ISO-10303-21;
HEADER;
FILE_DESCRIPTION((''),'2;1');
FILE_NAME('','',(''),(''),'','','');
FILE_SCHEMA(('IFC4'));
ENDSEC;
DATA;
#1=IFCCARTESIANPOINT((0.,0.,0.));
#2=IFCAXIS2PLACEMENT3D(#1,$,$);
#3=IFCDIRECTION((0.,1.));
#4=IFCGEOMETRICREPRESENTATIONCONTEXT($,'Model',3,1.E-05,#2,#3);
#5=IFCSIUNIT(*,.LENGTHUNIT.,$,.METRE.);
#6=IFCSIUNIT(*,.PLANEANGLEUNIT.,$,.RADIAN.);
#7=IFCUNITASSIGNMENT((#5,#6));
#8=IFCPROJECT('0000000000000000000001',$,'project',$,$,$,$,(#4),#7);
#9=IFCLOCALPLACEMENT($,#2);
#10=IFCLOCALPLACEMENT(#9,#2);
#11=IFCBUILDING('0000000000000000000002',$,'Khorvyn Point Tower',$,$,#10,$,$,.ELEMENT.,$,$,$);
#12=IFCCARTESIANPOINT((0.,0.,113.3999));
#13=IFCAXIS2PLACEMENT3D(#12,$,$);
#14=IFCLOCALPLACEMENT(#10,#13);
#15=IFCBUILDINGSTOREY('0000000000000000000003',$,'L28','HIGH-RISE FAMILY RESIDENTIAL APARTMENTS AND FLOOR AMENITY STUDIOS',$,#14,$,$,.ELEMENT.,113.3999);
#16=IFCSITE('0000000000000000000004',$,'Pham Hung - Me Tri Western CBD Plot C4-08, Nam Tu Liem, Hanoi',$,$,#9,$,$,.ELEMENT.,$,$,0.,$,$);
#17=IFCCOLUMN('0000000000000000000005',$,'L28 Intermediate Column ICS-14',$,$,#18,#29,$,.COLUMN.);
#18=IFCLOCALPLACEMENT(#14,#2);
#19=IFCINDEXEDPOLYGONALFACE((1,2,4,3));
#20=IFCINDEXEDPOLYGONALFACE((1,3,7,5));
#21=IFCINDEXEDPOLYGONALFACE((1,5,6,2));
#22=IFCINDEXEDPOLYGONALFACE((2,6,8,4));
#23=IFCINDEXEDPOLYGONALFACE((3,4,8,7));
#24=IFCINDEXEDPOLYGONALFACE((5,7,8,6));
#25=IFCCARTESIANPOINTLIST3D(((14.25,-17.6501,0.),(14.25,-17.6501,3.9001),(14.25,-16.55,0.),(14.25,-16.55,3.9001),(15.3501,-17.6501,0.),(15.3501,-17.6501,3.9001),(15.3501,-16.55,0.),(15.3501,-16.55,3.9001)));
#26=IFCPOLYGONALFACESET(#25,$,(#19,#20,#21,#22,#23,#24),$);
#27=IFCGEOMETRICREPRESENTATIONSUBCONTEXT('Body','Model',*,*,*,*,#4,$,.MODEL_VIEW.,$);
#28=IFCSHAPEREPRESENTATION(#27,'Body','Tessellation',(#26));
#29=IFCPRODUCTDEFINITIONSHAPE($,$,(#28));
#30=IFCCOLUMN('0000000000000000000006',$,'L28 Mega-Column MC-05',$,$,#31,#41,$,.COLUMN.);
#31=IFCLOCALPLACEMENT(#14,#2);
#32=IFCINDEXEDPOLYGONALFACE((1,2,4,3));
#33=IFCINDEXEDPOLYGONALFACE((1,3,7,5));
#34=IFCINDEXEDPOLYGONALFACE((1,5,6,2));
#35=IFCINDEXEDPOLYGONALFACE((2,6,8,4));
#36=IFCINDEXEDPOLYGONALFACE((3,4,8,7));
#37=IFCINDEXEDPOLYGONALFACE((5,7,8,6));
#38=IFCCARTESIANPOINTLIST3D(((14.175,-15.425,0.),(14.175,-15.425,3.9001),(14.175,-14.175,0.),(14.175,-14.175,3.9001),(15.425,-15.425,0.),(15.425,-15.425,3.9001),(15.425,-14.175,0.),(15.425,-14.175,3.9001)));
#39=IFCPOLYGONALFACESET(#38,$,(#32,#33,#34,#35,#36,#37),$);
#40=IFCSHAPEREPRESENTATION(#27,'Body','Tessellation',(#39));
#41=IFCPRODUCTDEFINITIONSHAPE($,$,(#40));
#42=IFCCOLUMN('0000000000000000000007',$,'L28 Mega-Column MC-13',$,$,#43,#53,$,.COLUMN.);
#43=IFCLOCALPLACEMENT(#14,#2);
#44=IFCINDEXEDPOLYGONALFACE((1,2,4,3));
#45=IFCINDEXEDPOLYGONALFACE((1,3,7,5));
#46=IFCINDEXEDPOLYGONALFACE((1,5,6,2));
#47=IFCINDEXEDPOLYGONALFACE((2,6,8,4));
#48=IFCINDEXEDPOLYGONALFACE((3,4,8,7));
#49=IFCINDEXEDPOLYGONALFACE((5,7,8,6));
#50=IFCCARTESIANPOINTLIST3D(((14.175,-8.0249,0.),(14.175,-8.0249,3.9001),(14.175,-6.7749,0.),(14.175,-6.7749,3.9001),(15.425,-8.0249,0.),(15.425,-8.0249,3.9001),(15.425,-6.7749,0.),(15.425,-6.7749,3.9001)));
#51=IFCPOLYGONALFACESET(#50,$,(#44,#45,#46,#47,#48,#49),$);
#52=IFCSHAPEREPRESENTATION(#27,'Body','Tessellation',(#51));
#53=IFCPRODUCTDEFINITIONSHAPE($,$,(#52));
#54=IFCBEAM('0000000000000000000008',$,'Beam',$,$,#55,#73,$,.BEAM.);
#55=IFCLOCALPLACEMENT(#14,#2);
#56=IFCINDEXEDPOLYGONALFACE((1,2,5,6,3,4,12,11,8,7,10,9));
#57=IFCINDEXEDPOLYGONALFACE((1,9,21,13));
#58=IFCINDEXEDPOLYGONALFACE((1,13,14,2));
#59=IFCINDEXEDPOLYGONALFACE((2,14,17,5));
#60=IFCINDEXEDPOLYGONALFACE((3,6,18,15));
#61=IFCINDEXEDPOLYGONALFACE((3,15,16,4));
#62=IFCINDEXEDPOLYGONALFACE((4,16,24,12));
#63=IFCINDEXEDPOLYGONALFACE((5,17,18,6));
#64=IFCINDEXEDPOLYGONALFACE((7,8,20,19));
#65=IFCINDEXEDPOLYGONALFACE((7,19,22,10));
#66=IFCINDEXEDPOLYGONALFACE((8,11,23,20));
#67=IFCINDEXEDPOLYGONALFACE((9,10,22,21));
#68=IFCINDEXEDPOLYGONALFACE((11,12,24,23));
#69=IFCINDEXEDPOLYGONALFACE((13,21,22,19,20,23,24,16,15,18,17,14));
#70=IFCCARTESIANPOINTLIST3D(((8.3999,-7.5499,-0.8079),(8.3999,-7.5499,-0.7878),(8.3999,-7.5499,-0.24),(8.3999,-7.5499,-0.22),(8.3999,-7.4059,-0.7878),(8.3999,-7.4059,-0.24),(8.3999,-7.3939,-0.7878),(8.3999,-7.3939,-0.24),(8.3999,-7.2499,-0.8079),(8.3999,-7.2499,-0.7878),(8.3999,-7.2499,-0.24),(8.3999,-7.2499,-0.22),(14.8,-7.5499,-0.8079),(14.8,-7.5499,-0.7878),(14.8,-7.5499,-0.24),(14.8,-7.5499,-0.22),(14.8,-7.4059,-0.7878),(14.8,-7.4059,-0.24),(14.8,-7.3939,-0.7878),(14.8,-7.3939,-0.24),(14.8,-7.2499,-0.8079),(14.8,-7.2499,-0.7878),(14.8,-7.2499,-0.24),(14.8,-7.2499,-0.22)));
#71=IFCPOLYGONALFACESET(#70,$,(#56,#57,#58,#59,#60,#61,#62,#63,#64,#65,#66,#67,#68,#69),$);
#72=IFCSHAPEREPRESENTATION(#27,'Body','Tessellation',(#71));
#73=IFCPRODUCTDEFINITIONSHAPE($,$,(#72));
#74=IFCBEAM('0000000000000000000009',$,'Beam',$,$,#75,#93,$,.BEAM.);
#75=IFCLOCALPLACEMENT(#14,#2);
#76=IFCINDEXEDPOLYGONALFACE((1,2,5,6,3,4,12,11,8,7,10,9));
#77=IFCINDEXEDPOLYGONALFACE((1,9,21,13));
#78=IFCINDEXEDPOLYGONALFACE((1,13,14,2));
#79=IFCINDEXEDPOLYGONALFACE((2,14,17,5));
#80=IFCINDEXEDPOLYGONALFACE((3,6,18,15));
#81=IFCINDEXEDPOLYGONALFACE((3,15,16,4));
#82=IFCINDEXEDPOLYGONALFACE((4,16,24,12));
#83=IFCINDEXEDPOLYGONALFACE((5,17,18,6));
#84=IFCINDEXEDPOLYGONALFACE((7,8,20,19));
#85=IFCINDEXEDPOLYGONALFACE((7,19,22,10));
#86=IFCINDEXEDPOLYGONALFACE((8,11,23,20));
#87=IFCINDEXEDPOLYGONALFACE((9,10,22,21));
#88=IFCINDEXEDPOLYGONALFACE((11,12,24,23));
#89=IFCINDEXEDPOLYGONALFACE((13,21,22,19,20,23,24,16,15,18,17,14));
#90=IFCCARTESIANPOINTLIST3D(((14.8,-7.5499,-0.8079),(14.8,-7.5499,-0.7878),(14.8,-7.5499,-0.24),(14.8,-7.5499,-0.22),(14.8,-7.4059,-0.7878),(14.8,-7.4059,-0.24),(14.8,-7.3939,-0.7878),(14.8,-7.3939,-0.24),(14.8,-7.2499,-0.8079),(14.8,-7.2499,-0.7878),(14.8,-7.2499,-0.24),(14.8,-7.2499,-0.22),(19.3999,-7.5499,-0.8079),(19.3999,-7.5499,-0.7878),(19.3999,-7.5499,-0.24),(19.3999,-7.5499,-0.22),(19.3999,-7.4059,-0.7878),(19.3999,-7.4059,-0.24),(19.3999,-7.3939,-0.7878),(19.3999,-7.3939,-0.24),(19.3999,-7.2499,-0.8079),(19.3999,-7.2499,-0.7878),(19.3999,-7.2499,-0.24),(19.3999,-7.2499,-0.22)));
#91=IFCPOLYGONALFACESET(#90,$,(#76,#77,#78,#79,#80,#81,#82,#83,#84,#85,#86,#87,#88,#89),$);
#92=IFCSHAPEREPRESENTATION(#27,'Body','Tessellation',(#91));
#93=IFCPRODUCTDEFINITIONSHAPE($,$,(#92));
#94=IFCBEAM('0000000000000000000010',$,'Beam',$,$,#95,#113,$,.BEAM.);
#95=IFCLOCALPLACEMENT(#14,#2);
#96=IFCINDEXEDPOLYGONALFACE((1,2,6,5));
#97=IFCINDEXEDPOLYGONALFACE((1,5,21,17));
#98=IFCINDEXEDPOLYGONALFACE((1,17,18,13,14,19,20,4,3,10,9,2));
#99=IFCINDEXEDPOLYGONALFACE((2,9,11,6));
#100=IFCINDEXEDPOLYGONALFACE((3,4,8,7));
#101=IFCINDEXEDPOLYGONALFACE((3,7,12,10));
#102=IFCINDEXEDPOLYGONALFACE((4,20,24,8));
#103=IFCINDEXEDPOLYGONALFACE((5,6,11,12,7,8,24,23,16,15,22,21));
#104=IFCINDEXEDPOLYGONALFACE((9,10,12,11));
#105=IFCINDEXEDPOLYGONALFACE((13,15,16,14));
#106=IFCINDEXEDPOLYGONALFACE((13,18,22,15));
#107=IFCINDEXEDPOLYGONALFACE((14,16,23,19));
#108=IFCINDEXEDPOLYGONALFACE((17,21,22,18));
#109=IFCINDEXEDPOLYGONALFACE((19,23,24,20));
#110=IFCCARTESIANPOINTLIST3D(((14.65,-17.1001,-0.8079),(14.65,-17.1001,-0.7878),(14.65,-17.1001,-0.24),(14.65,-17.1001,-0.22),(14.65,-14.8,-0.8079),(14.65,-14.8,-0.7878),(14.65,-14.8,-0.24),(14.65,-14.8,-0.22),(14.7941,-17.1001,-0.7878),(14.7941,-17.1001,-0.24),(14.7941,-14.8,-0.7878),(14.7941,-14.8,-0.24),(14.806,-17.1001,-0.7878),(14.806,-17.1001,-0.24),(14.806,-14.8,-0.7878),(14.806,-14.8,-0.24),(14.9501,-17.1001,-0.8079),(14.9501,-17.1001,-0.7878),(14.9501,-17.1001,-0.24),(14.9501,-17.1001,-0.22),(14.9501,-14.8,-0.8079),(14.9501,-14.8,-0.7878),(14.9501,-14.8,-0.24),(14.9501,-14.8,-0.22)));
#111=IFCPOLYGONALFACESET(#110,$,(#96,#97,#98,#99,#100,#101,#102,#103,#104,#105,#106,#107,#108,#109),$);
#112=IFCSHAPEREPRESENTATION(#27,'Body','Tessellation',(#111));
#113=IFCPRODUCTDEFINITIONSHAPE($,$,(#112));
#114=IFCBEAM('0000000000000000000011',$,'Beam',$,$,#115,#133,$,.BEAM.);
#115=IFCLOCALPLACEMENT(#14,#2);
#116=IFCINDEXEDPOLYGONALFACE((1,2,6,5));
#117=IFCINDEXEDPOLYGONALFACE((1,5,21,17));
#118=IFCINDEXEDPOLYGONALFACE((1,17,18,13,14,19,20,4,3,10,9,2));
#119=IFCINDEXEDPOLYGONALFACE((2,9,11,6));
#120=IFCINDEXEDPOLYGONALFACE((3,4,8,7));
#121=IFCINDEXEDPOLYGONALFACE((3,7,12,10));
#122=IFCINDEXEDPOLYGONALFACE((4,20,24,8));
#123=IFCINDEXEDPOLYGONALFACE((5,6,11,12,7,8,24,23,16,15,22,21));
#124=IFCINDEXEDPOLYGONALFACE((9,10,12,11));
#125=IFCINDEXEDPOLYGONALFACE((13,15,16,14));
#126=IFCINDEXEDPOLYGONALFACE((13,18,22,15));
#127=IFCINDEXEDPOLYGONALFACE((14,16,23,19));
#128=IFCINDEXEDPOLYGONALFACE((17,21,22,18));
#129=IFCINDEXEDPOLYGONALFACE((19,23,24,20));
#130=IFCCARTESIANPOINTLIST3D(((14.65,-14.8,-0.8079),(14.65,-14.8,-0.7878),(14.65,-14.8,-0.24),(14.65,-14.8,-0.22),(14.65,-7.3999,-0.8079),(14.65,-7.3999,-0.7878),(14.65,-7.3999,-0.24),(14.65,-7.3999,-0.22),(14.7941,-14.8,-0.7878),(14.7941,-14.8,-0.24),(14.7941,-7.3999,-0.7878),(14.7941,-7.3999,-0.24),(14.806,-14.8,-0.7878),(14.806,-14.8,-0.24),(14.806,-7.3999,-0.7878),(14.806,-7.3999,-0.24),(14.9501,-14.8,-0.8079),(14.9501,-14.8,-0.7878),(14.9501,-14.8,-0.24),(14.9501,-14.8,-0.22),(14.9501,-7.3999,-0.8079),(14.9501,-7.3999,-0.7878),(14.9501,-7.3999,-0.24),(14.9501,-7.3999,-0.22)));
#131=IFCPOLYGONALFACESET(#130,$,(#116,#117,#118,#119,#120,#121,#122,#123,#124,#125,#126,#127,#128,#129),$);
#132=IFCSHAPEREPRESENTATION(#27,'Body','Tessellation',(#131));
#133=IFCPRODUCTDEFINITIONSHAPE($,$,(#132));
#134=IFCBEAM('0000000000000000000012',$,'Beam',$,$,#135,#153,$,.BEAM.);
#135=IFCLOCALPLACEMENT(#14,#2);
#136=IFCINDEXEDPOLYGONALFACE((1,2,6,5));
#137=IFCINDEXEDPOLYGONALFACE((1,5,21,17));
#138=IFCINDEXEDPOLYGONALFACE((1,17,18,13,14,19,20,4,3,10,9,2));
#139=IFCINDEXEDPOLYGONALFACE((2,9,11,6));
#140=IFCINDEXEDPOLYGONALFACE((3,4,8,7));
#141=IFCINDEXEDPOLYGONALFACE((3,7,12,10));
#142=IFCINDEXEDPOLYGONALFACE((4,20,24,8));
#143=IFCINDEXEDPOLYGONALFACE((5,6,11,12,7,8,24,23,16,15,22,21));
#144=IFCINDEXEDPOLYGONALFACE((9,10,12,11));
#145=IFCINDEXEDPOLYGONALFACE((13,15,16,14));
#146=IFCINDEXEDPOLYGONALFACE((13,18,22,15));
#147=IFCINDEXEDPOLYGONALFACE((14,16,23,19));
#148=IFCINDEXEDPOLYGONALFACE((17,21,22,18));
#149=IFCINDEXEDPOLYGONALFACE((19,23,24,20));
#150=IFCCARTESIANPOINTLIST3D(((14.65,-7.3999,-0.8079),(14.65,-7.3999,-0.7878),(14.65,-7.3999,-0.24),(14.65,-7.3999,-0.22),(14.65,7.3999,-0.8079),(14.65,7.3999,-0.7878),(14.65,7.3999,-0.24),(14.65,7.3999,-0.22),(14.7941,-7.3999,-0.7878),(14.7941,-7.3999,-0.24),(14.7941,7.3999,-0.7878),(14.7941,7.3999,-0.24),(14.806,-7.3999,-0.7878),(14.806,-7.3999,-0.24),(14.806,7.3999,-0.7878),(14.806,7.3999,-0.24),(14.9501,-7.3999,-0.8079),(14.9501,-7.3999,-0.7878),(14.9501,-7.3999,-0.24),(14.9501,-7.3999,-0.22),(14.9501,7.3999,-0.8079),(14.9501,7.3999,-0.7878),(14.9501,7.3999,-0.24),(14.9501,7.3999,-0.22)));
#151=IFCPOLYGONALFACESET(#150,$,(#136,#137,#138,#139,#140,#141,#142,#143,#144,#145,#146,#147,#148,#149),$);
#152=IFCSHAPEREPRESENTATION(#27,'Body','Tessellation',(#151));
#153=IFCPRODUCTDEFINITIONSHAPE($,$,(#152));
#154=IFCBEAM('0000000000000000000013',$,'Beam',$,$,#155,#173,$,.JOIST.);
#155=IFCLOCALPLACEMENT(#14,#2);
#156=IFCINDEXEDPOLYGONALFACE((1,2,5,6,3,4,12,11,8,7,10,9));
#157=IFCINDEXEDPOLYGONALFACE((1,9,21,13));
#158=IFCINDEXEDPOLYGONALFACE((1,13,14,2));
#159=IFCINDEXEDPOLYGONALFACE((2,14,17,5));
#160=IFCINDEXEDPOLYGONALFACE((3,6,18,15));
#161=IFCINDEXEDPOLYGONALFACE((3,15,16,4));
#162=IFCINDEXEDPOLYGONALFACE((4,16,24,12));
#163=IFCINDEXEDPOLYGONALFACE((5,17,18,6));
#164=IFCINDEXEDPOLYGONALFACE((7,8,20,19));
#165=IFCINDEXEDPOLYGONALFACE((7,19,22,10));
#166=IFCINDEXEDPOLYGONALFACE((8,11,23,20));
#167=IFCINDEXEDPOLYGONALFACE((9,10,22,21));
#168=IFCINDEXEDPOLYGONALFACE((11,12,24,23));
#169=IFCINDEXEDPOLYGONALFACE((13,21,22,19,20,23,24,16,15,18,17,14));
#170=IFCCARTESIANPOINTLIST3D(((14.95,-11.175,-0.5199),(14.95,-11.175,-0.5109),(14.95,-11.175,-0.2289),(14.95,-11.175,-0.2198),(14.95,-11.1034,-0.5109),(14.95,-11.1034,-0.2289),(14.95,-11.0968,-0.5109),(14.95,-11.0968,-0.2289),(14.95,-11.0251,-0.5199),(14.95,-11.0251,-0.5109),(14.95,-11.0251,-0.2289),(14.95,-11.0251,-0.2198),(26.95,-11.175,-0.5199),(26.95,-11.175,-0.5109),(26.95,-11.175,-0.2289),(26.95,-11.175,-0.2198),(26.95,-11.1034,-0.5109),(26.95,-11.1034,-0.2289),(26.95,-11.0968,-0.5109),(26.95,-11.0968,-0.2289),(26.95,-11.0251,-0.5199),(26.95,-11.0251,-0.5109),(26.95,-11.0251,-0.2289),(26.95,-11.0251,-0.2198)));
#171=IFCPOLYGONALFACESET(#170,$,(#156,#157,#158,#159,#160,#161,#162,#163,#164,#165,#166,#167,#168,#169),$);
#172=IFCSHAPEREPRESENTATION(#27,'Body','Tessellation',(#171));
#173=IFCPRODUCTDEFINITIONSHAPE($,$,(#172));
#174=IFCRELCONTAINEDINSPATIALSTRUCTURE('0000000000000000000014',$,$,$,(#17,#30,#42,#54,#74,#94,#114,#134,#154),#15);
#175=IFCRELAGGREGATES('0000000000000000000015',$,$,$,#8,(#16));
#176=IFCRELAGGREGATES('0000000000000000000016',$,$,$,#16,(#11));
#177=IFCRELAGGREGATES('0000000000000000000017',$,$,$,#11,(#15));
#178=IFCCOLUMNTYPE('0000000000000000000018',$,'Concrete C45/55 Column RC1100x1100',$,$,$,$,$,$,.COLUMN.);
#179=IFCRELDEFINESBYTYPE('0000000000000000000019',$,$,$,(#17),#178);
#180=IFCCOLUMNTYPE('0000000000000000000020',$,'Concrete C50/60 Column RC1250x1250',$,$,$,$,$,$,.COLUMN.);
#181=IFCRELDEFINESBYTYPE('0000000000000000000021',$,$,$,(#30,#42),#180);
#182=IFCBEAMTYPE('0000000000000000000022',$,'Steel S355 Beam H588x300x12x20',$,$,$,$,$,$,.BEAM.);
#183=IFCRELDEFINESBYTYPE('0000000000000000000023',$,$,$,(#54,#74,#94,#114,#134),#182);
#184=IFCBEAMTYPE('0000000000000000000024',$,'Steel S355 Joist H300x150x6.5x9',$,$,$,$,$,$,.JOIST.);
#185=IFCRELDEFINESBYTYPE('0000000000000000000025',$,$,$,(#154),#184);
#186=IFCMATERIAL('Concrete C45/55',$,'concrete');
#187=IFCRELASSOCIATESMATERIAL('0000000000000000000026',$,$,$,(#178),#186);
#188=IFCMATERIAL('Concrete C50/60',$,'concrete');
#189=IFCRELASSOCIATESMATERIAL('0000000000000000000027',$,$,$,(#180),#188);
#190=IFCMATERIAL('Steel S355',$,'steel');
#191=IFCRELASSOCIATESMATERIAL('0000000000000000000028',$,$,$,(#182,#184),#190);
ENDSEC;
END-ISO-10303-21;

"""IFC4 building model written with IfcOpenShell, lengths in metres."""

from ifc_helpers import new_model, si_unit, direction, frame, origin, origin_2d, place, context, subcontext, project, spatial, rectangle, i_section, extrude, material, material_profile, profile_set, type_object, element, save


model = new_model("IFC4")

# Units and contexts
model_context = context("Model", 3, precision=1e-05, world=origin(), true_north=direction((0.0, 1.0)))
body_context = subcontext(model_context, "Body", "Model", "MODEL_VIEW")
ifc_project = project(units=[si_unit("LENGTHUNIT", "METRE"), si_unit("PLANEANGLEUNIT", "RADIAN")], contexts=[model_context])

# Site, building, storey
site_placement = place(None, origin())
site = spatial("IfcSite", under=ifc_project, at=site_placement, Name="Pham Hung - Me Tri Western CBD Plot C4-08, Nam Tu Liem, Hanoi", CompositionType="ELEMENT", RefElevation=0.0)
building_placement = place(site_placement, origin())
building = spatial("IfcBuilding", under=site, at=building_placement, Name="Khorvyn Point Tower", CompositionType="ELEMENT")
storey_placement = place(building_placement, frame((0.0, 0.0, 113.3999)))
storey = spatial("IfcBuildingStorey", under=building, at=storey_placement, Name="L28", Description="HIGH-RISE FAMILY RESIDENTIAL APARTMENTS AND FLOOR AMENITY STUDIOS", CompositionType="ELEMENT", Elevation=113.3999)

# Columns
ifc_material_1 = material(Name="Concrete C45/55", Category="concrete")
ifc_material_profile_1 = material_profile(ifc_material_1, rectangle(XDim=1.1001, YDim=1.1001, at=origin_2d()))
ifc_profile_set_1 = profile_set([ifc_material_profile_1], Name="Concrete C45/55 RC1100x1100")
column_type_1 = type_object("IfcColumnType", Name="Concrete C45/55 Column RC1100x1100", PredefinedType="COLUMN", material=ifc_profile_set_1)
column_placement = place(storey_placement, frame((14.8, -17.1001, 0.0), z_axis=(0.0, 0.0, 1.0), x_axis=(1.0, 0.0, 0.0)))
element("IfcColumn", 1, at=column_placement, inside=storey, type_object=column_type_1, Name="L28 Intermediate Column ICS-14", PredefinedType="COLUMN", context=body_context, shape_type="SweptSolid", body=[
    extrude(rectangle(XDim=1.1001, YDim=1.1001, at=origin_2d()), origin(), (0.0, 0.0, 1.0), 3.9001),
])
ifc_material_2 = material(Name="Concrete C50/60", Category="concrete")
ifc_material_profile_2 = material_profile(ifc_material_2, rectangle(XDim=1.25, YDim=1.25, at=origin_2d()))
ifc_profile_set_2 = profile_set([ifc_material_profile_2], Name="Concrete C50/60 RC1250x1250")
column_type_2 = type_object("IfcColumnType", Name="Concrete C50/60 Column RC1250x1250", PredefinedType="COLUMN", material=ifc_profile_set_2)
for number, where, z_axis, x_axis, name in (
    (2, (14.8, -14.8, 0.0), (0.0, 0.0, 1.0), (1.0, 0.0, 0.0), "L28 Mega-Column MC-05"),
    (3, (14.8, -7.3999, 0.0), (0.0, 0.0, 1.0), (1.0, 0.0, 0.0), "L28 Mega-Column MC-13"),
):
    element("IfcColumn", number, at=place(storey_placement, frame(where, z_axis=z_axis, x_axis=x_axis)), inside=storey, type_object=column_type_2, Name=name, PredefinedType="COLUMN", context=body_context, shape_type="SweptSolid", body=[
        extrude(rectangle(XDim=1.25, YDim=1.25, at=origin_2d()), origin(), (0.0, 0.0, 1.0), 3.9001),
    ])

# Beams
ifc_material_3 = material(Name="Steel S355", Category="steel")
ifc_material_profile_3 = material_profile(ifc_material_3, i_section(OverallWidth=0.3, OverallDepth=0.5879, WebThickness=0.012, FlangeThickness=0.02, at=origin_2d()))
ifc_profile_set_3 = profile_set([ifc_material_profile_3], Name="Steel S355 H588x300x12x20")
beam_type_1 = type_object("IfcBeamType", Name="Steel S355 Beam H588x300x12x20", PredefinedType="BEAM", material=ifc_profile_set_3)
beam_1_placement = place(storey_placement, frame((8.3999, -7.3999, -0.5139), z_axis=(1.0, 0.0, 0.0), x_axis=(0.0, 1.0, 0.0)))
element("IfcBeam", 4, at=beam_1_placement, inside=storey, type_object=beam_type_1, Name="Beam", PredefinedType="BEAM", context=body_context, shape_type="SweptSolid", body=[
    extrude(i_section(OverallWidth=0.3, OverallDepth=0.5879, WebThickness=0.012, FlangeThickness=0.02, at=origin_2d()), origin(), (0.0, 0.0, 1.0), 6.4001),
])
beam_2_placement = place(storey_placement, frame((14.8, -7.3999, -0.5139), z_axis=(1.0, 0.0, 0.0), x_axis=(0.0, 1.0, 0.0)))
element("IfcBeam", 5, at=beam_2_placement, inside=storey, type_object=beam_type_1, Name="Beam", PredefinedType="BEAM", context=body_context, shape_type="SweptSolid", body=[
    extrude(i_section(OverallWidth=0.3, OverallDepth=0.5879, WebThickness=0.012, FlangeThickness=0.02, at=origin_2d()), origin(), (0.0, 0.0, 1.0), 4.5999),
])
beam_3_placement = place(storey_placement, frame((14.8, -17.1001, -0.5139), z_axis=(0.0, 1.0, 0.0), x_axis=(-1.0, 0.0, 0.0)))
element("IfcBeam", 6, at=beam_3_placement, inside=storey, type_object=beam_type_1, Name="Beam", PredefinedType="BEAM", context=body_context, shape_type="SweptSolid", body=[
    extrude(i_section(OverallWidth=0.3, OverallDepth=0.5879, WebThickness=0.012, FlangeThickness=0.02, at=origin_2d()), origin(), (0.0, 0.0, 1.0), 2.3),
])
beam_4_placement = place(storey_placement, frame((14.8, -14.8, -0.5139), z_axis=(0.0, 1.0, 0.0), x_axis=(-1.0, 0.0, 0.0)))
element("IfcBeam", 7, at=beam_4_placement, inside=storey, type_object=beam_type_1, Name="Beam", PredefinedType="BEAM", context=body_context, shape_type="SweptSolid", body=[
    extrude(i_section(OverallWidth=0.3, OverallDepth=0.5879, WebThickness=0.012, FlangeThickness=0.02, at=origin_2d()), origin(), (0.0, 0.0, 1.0), 7.4001),
])
beam_5_placement = place(storey_placement, frame((14.8, -7.3999, -0.5139), z_axis=(0.0, 1.0, 0.0), x_axis=(-1.0, 0.0, 0.0)))
element("IfcBeam", 8, at=beam_5_placement, inside=storey, type_object=beam_type_1, Name="Beam", PredefinedType="BEAM", context=body_context, shape_type="SweptSolid", body=[
    extrude(i_section(OverallWidth=0.3, OverallDepth=0.5879, WebThickness=0.012, FlangeThickness=0.02, at=origin_2d()), origin(), (0.0, 0.0, 1.0), 14.7998),
])
ifc_material_profile_4 = material_profile(ifc_material_3, i_section(OverallWidth=0.1499, OverallDepth=0.3, WebThickness=0.0066, FlangeThickness=0.009, at=origin_2d()))
ifc_profile_set_4 = profile_set([ifc_material_profile_4], Name="Steel S355 H300x150x6.5x9")
beam_type_2 = type_object("IfcBeamType", Name="Steel S355 Joist H300x150x6.5x9", PredefinedType="JOIST", material=ifc_profile_set_4)
beam_6_placement = place(storey_placement, frame((14.95, -11.1001, -0.3699), z_axis=(1.0, 0.0, 0.0), x_axis=(0.0, 1.0, 0.0)))
element("IfcBeam", 9, at=beam_6_placement, inside=storey, type_object=beam_type_2, Name="Beam", PredefinedType="JOIST", context=body_context, shape_type="SweptSolid", body=[
    extrude(i_section(OverallWidth=0.1499, OverallDepth=0.3, WebThickness=0.0066, FlangeThickness=0.009, at=origin_2d()), origin(), (0.0, 0.0, 1.0), 12.0),
])

save(model, "model.ifc")
